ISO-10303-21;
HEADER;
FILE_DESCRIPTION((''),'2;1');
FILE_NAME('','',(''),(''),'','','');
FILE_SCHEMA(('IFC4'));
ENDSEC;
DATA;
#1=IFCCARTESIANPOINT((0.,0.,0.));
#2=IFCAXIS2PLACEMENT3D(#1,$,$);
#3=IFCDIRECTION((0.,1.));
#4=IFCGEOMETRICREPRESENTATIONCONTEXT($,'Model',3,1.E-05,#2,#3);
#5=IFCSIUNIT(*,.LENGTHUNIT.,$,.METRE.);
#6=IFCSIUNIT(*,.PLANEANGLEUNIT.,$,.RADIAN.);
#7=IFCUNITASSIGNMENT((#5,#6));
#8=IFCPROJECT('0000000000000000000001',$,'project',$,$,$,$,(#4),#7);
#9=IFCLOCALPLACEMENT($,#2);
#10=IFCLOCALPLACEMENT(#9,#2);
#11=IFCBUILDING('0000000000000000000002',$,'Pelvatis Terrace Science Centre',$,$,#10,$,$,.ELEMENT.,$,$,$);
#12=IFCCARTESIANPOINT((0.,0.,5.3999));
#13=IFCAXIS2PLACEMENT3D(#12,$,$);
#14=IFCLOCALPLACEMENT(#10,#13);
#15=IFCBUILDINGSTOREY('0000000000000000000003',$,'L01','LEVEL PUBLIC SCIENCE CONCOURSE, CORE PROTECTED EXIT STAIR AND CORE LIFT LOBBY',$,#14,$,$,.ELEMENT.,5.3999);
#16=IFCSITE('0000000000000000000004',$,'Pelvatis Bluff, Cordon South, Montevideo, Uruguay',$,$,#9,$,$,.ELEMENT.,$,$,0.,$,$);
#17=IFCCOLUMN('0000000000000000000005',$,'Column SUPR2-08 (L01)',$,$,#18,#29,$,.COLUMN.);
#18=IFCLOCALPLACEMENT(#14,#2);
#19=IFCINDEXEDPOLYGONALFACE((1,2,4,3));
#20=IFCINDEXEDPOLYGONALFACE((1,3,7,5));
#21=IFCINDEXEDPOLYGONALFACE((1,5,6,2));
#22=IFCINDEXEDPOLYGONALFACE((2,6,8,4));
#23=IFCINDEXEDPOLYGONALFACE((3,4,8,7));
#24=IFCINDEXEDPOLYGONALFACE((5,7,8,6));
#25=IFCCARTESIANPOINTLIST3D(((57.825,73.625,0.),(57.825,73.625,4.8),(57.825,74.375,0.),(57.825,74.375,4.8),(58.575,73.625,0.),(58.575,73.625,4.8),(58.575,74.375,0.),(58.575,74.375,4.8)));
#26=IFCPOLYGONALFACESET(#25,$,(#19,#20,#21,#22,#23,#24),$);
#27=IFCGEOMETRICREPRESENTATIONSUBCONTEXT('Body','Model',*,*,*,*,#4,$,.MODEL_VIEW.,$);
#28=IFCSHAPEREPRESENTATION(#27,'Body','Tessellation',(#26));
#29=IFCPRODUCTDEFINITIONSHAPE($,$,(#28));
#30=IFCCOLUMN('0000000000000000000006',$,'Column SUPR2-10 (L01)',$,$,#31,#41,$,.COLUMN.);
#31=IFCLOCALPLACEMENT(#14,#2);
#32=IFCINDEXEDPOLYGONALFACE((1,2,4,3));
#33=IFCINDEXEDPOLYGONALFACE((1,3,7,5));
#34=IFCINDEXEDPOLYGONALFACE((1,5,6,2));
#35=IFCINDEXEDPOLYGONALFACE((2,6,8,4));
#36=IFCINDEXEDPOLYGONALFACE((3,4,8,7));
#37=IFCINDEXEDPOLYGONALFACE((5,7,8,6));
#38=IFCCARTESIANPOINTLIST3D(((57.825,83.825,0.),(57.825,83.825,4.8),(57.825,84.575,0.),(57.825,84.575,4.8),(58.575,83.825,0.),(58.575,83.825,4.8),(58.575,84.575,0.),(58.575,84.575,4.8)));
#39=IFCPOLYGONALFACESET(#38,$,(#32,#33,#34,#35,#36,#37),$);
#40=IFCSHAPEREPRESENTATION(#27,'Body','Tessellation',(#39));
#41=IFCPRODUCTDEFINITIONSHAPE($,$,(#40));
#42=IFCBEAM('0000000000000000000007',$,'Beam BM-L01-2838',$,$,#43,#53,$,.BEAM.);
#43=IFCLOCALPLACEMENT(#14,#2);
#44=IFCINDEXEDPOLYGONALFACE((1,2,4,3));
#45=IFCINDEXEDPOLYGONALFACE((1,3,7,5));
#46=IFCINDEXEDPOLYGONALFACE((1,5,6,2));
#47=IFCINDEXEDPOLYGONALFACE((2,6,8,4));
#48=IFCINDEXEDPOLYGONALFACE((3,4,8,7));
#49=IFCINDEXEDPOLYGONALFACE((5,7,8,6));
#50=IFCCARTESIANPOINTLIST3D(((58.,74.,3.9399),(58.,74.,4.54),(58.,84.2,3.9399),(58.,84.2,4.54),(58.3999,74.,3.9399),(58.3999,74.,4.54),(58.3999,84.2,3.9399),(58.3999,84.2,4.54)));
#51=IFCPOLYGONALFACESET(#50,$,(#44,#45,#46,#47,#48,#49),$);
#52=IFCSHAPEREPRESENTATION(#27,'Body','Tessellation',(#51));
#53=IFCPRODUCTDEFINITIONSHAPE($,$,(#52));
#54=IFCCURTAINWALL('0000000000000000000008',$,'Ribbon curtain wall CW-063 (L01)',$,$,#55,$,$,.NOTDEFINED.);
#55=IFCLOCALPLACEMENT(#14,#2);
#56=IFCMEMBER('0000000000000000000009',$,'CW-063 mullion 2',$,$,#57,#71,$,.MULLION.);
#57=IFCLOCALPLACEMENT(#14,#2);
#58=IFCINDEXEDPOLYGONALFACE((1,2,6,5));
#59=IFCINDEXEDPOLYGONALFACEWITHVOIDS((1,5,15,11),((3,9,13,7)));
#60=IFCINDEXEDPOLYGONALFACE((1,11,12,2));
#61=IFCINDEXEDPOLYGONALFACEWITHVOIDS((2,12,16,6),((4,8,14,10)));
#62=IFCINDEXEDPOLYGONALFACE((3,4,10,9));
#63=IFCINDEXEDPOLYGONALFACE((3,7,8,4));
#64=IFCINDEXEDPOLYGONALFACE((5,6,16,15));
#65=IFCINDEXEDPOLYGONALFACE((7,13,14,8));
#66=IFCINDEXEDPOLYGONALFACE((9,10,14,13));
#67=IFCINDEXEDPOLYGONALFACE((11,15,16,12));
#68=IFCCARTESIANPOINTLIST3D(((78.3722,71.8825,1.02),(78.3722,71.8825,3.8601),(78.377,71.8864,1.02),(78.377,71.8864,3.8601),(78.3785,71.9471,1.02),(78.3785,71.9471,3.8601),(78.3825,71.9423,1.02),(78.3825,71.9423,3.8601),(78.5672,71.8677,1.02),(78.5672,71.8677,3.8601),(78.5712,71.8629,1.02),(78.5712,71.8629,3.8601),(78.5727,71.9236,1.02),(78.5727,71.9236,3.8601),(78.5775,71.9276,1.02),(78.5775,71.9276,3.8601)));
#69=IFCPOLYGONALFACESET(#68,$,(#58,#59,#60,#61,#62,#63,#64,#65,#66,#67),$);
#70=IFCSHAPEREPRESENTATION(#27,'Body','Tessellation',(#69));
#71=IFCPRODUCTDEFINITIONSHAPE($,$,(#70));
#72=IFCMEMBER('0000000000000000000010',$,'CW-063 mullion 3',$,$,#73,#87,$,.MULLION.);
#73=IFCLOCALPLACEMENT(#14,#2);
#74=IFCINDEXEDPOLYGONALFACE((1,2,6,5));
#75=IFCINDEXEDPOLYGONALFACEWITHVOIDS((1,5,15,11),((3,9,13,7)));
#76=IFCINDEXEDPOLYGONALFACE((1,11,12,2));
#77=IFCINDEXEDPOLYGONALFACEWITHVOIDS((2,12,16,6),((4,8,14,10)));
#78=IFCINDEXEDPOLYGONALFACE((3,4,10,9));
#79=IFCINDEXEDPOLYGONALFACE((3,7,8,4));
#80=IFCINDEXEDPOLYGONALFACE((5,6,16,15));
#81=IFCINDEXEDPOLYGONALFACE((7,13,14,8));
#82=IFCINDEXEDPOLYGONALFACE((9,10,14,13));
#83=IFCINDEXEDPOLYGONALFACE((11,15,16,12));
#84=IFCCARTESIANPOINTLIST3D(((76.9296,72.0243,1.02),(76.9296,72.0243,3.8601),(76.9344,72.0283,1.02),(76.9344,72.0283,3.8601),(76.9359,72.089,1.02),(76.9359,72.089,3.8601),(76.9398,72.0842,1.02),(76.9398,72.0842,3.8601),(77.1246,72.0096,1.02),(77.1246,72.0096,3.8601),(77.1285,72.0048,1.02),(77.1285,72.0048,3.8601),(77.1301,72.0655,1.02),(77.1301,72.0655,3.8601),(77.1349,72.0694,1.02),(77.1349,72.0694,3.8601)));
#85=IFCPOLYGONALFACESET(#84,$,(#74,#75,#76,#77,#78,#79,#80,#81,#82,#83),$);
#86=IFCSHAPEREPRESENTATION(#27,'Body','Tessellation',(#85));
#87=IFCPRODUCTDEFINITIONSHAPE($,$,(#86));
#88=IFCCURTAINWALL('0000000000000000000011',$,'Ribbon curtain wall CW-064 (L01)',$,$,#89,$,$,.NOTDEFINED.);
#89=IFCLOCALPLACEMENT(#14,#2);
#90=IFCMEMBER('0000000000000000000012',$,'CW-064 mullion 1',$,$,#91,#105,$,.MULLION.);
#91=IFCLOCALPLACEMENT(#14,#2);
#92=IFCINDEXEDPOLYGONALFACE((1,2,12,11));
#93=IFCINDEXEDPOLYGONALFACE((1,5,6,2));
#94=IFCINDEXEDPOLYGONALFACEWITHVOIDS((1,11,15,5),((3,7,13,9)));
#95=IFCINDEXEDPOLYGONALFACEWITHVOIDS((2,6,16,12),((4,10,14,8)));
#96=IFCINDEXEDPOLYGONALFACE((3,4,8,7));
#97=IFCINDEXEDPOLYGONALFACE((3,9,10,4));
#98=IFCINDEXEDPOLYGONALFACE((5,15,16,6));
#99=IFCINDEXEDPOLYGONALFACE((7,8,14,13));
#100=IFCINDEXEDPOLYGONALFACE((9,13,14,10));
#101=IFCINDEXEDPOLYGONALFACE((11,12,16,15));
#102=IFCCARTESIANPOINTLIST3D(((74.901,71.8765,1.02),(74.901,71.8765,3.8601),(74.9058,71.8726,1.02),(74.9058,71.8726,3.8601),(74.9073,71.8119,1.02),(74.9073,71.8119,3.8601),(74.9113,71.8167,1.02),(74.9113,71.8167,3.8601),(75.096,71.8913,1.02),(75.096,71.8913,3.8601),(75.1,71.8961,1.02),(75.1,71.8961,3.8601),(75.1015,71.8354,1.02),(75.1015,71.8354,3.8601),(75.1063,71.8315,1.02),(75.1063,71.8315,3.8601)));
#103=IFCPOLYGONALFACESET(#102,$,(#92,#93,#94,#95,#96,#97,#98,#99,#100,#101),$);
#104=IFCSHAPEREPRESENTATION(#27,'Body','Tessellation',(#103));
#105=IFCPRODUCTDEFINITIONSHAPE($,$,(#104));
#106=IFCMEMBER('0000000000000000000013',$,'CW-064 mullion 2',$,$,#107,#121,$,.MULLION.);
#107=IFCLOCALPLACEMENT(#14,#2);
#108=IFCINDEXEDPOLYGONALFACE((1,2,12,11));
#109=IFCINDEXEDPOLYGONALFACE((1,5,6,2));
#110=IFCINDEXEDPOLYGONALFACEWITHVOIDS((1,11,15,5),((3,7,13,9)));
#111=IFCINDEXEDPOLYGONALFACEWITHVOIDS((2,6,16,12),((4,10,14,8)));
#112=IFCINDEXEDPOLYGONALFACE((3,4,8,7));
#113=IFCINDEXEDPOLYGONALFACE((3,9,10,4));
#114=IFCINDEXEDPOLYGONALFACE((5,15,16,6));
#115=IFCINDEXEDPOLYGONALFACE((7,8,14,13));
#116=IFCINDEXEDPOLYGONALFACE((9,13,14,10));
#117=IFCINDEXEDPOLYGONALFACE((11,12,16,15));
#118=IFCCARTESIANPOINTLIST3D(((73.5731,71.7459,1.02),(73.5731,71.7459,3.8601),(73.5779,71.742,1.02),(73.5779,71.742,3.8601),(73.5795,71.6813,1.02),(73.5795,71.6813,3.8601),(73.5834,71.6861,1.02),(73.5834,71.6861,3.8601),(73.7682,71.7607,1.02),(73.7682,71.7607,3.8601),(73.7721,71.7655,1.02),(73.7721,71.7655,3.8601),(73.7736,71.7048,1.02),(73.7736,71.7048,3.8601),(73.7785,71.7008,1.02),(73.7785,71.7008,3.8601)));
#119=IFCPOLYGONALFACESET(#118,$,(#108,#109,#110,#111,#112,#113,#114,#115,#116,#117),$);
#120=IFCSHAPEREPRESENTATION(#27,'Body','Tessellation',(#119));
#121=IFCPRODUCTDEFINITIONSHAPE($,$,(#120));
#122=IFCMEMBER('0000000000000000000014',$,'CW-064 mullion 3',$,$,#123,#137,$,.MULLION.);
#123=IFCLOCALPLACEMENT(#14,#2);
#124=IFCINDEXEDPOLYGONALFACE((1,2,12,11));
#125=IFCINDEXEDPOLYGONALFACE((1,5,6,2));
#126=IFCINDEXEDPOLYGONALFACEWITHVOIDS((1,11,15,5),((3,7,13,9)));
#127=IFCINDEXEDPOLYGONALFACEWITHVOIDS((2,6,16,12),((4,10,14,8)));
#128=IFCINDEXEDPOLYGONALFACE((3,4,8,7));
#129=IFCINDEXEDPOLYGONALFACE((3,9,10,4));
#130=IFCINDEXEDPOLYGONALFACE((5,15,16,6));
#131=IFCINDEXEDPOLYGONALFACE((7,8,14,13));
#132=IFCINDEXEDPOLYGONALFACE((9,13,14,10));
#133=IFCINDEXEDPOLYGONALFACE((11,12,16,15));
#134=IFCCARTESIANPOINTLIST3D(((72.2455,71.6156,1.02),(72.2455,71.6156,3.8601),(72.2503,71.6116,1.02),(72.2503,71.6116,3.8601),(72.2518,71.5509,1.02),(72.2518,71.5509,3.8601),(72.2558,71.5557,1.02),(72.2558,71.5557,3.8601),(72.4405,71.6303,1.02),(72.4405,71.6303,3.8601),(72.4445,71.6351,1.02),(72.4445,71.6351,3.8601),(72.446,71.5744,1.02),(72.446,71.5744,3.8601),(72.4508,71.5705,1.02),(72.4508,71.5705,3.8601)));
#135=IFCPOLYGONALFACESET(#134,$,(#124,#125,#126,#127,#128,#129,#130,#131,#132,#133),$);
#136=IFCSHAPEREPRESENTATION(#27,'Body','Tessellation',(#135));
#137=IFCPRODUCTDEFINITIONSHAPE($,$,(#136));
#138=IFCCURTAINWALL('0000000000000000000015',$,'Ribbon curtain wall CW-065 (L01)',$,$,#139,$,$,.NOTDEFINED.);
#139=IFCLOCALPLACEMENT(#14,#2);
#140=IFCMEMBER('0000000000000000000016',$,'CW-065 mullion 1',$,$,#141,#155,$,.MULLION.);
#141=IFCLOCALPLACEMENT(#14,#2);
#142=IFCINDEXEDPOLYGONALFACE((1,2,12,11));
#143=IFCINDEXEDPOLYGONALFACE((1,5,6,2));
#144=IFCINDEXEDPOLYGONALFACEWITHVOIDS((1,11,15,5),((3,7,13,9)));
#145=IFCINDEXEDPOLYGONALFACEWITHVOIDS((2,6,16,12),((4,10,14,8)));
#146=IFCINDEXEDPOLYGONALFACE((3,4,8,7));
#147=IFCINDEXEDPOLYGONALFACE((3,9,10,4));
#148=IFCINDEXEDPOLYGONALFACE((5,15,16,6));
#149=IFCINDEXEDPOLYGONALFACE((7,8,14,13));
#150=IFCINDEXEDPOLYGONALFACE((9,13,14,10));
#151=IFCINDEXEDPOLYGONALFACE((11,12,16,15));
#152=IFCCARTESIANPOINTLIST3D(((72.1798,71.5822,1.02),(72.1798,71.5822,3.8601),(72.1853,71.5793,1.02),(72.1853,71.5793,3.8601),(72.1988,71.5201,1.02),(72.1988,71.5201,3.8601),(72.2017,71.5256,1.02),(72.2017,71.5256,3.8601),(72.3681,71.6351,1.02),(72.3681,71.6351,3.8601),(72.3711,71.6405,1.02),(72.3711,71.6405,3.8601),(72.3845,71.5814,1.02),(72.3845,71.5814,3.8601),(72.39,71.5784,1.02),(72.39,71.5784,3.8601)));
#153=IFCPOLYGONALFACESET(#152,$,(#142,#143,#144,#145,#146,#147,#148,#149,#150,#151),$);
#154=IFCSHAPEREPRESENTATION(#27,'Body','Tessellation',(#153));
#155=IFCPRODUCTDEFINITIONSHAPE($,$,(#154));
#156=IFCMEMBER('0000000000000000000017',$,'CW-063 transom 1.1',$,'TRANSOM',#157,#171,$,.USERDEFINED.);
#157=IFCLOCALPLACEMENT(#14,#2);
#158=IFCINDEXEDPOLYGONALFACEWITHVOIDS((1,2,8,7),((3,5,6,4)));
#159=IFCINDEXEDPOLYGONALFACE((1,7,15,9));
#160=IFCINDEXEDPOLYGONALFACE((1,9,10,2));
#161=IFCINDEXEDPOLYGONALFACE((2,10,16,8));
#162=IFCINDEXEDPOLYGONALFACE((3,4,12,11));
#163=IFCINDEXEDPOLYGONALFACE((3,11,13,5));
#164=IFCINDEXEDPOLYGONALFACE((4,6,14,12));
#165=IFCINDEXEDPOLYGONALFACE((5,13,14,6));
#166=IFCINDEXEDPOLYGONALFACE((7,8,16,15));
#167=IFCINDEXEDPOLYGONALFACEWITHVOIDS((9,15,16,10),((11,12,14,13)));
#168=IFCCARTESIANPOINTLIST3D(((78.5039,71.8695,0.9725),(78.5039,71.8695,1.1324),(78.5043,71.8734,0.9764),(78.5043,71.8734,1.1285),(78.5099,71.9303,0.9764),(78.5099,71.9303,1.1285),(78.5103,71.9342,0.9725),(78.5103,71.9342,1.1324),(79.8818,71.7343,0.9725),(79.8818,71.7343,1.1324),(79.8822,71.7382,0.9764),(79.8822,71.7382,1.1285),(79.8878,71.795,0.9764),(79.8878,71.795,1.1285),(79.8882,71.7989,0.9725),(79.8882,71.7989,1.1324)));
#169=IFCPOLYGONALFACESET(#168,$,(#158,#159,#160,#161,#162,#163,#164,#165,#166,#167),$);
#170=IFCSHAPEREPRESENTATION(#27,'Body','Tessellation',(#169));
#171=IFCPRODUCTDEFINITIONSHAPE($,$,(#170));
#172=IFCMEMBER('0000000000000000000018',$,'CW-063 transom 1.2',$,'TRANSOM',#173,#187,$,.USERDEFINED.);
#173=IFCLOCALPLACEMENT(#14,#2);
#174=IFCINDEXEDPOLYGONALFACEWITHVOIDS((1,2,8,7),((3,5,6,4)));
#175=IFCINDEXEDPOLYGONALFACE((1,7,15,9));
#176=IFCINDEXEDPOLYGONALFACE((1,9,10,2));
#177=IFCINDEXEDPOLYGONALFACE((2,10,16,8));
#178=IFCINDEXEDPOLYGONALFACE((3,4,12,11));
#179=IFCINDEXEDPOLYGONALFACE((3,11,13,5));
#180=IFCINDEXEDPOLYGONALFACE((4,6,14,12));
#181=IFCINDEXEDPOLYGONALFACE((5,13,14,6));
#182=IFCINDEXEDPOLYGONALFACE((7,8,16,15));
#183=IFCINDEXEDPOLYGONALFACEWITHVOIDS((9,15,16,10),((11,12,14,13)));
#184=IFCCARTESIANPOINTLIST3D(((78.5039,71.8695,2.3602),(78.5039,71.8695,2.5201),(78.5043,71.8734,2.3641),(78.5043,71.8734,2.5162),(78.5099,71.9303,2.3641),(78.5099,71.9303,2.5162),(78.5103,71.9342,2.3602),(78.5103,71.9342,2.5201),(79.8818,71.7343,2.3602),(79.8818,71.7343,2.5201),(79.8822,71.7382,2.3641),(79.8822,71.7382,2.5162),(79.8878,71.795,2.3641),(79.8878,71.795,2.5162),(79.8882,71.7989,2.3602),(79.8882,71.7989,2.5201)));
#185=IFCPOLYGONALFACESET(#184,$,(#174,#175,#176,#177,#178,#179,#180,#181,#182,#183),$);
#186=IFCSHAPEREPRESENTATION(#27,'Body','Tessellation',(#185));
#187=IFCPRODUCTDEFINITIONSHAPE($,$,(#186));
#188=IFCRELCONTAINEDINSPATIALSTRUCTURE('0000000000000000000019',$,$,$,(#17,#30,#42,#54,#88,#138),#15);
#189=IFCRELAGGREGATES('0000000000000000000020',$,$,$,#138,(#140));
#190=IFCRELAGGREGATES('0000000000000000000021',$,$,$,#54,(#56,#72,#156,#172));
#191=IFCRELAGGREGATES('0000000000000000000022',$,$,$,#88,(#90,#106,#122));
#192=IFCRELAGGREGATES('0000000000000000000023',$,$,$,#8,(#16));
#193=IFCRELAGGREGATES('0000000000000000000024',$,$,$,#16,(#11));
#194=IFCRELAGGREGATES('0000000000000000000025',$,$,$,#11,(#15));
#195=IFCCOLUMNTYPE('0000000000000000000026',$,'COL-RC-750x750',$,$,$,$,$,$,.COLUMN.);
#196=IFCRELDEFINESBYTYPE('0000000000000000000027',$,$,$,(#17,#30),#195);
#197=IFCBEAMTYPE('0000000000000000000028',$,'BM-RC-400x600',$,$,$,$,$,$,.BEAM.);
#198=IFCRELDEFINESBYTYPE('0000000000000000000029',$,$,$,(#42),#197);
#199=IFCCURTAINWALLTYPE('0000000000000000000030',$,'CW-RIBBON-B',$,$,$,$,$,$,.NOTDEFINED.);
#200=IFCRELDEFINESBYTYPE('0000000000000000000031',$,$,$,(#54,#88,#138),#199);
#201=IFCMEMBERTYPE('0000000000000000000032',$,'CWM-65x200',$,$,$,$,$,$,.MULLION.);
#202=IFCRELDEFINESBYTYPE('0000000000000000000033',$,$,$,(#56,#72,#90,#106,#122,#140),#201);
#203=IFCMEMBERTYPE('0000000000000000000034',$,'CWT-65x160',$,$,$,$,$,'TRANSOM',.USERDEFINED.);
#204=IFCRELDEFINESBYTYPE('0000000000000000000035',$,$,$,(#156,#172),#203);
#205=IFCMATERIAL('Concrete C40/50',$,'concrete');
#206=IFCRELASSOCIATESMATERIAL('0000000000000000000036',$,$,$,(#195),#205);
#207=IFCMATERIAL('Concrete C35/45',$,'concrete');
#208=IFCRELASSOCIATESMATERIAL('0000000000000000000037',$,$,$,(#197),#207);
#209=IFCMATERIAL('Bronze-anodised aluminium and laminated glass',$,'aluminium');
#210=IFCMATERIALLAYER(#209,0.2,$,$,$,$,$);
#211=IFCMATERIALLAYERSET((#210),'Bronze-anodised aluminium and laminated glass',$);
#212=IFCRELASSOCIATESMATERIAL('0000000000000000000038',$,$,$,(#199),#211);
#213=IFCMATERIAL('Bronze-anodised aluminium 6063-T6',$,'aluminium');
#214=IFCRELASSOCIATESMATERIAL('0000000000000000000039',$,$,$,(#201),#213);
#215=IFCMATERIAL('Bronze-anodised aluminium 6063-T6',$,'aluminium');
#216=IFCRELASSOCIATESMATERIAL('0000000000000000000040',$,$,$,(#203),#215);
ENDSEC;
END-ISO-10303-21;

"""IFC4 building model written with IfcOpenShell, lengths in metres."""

from ifc_helpers import new_model, si_unit, direction, frame, origin, origin_2d, place, context, subcontext, project, spatial, rectangle, hollow_rectangle, extrude, material, layer, layer_set, material_profile, profile_set, type_object, element, aggregate, save


model = new_model("IFC4")

# Units and contexts
model_context = context("Model", 3, precision=1e-05, world=origin(), true_north=direction((0.0, 1.0)))
body_context = subcontext(model_context, "Body", "Model", "MODEL_VIEW")
ifc_project = project(units=[si_unit("LENGTHUNIT", "METRE"), si_unit("PLANEANGLEUNIT", "RADIAN")], contexts=[model_context])

# Site, building, storey
site_placement = place(None, origin())
site = spatial("IfcSite", under=ifc_project, at=site_placement, Name="Pelvatis Bluff, Cordon South, Montevideo, Uruguay", CompositionType="ELEMENT", RefElevation=0.0)
building_placement = place(site_placement, origin())
building = spatial("IfcBuilding", under=site, at=building_placement, Name="Pelvatis Terrace Science Centre", CompositionType="ELEMENT")
storey_placement = place(building_placement, frame((0.0, 0.0, 5.3999)))
storey = spatial("IfcBuildingStorey", under=building, at=storey_placement, Name="L01", Description="LEVEL PUBLIC SCIENCE CONCOURSE, CORE PROTECTED EXIT STAIR AND CORE LIFT LOBBY", CompositionType="ELEMENT", Elevation=5.3999)

# Columns
ifc_material_1 = material(Name="Concrete C40/50", Category="concrete")
ifc_material_profile_1 = material_profile(ifc_material_1, rectangle(XDim=0.75, YDim=0.75, at=origin_2d()), Name="RC-COL 750x750")
ifc_profile_set_1 = profile_set([ifc_material_profile_1], Name="Concrete C40/50")
column_type = type_object("IfcColumnType", Name="COL-RC-750x750", PredefinedType="COLUMN", material=ifc_profile_set_1)
for number, where, z_axis, x_axis, name in (
    (1, (58.2, 74.0, 0.0), (0.0, 0.0, 1.0), (1.0, 0.0, 0.0), "Column SUPR2-08 (L01)"),
    (2, (58.2, 84.2, 0.0), (0.0, 0.0, 1.0), (1.0, 0.0, 0.0), "Column SUPR2-10 (L01)"),
):
    element("IfcColumn", number, at=place(storey_placement, frame(where, z_axis=z_axis, x_axis=x_axis)), inside=storey, type_object=column_type, Name=name, PredefinedType="COLUMN", context=body_context, shape_type="SweptSolid", body=[
        extrude(rectangle(XDim=0.75, YDim=0.75, at=origin_2d()), origin(), (0.0, 0.0, 1.0), 4.8),
    ])

# Beam
ifc_material_2 = material(Name="Concrete C35/45", Category="concrete")
ifc_material_profile_2 = material_profile(ifc_material_2, rectangle(XDim=0.3999, YDim=0.6001, at=origin_2d()), Name="RC-BM 400x600")
ifc_profile_set_2 = profile_set([ifc_material_profile_2], Name="Concrete C35/45")
beam_type = type_object("IfcBeamType", Name="BM-RC-400x600", PredefinedType="BEAM", material=ifc_profile_set_2)
beam_placement = place(storey_placement, frame((58.2, 74.0, 4.24), z_axis=(0.0, 1.0, 0.0), x_axis=(-1.0, 0.0, 0.0)))
element("IfcBeam", 3, at=beam_placement, inside=storey, type_object=beam_type, Name="Beam BM-L01-2838", PredefinedType="BEAM", context=body_context, shape_type="SweptSolid", body=[
    extrude(rectangle(XDim=0.3999, YDim=0.6001, at=origin_2d()), origin(), (0.0, 0.0, 1.0), 10.2),
])

# Curtain walls, members
ifc_material_3 = material(Name="Bronze-anodised aluminium and laminated glass", Category="aluminium")
ifc_layer_1 = layer(ifc_material_3, 0.2)
ifc_layer_set_1 = layer_set([ifc_layer_1], Name="Bronze-anodised aluminium and laminated glass")
curtain_wall_type = type_object("IfcCurtainWallType", Name="CW-RIBBON-B", PredefinedType="NOTDEFINED", material=ifc_layer_set_1)
curtain_wall_1_placement = place(storey_placement, origin())
curtain_wall_1 = element("IfcCurtainWall", 4, at=curtain_wall_1_placement, inside=storey, type_object=curtain_wall_type, Name="Ribbon curtain wall CW-063 (L01)", PredefinedType="NOTDEFINED")
ifc_material_4 = material(Name="Bronze-anodised aluminium 6063-T6", Category="aluminium")
ifc_material_profile_3 = material_profile(ifc_material_4, hollow_rectangle(XDim=0.0649, YDim=0.2, WallThickness=0.0044, at=origin_2d()), Name="ALU-MUL 65x200")
ifc_profile_set_3 = profile_set([ifc_material_profile_3], Name="Bronze-anodised aluminium 6063-T6")
member_type_1 = type_object("IfcMemberType", Name="CWM-65x200", PredefinedType="MULLION", material=ifc_profile_set_3)
member_1_placement = place(storey_placement, frame((78.4749, 71.905, 1.02), z_axis=(0.0, 0.0, 1.0), x_axis=(-0.097743, -0.995212, 0.0)))
member_1 = element("IfcMember", 5, at=member_1_placement, type_object=member_type_1, Name="CW-063 mullion 2", PredefinedType="MULLION", context=body_context, shape_type="SweptSolid", body=[
    extrude(hollow_rectangle(XDim=0.0649, YDim=0.2, WallThickness=0.0044, at=origin_2d()), origin(), (0.0, 0.0, 1.0), 2.8401),
])
member_2_placement = place(storey_placement, frame((77.0322, 72.0469, 1.02), z_axis=(0.0, 0.0, 1.0), x_axis=(-0.097743, -0.995212, 0.0)))
member_2 = element("IfcMember", 6, at=member_2_placement, type_object=member_type_1, Name="CW-063 mullion 3", PredefinedType="MULLION", context=body_context, shape_type="SweptSolid", body=[
    extrude(hollow_rectangle(XDim=0.0649, YDim=0.2, WallThickness=0.0044, at=origin_2d()), origin(), (0.0, 0.0, 1.0), 2.8401),
])
curtain_wall_2_placement = place(storey_placement, origin())
curtain_wall_2 = element("IfcCurtainWall", 7, at=curtain_wall_2_placement, inside=storey, type_object=curtain_wall_type, Name="Ribbon curtain wall CW-064 (L01)", PredefinedType="NOTDEFINED")
member_3_placement = place(storey_placement, frame((75.0037, 71.854, 1.02), z_axis=(0.0, 0.0, 1.0), x_axis=(0.097765, -0.99521, 0.0)))
member_3 = element("IfcMember", 8, at=member_3_placement, type_object=member_type_1, Name="CW-064 mullion 1", PredefinedType="MULLION", context=body_context, shape_type="SweptSolid", body=[
    extrude(hollow_rectangle(XDim=0.0649, YDim=0.2, WallThickness=0.0044, at=origin_2d()), origin(), (0.0, 0.0, 1.0), 2.8401),
])
member_4_placement = place(storey_placement, frame((73.6758, 71.7234, 1.02), z_axis=(0.0, 0.0, 1.0), x_axis=(0.097765, -0.99521, 0.0)))
member_4 = element("IfcMember", 9, at=member_4_placement, type_object=member_type_1, Name="CW-064 mullion 2", PredefinedType="MULLION", context=body_context, shape_type="SweptSolid", body=[
    extrude(hollow_rectangle(XDim=0.0649, YDim=0.2, WallThickness=0.0044, at=origin_2d()), origin(), (0.0, 0.0, 1.0), 2.8401),
])
member_5_placement = place(storey_placement, frame((72.3481, 71.593, 1.02), z_axis=(0.0, 0.0, 1.0), x_axis=(0.097765, -0.99521, 0.0)))
member_5 = element("IfcMember", 10, at=member_5_placement, type_object=member_type_1, Name="CW-064 mullion 3", PredefinedType="MULLION", context=body_context, shape_type="SweptSolid", body=[
    extrude(hollow_rectangle(XDim=0.0649, YDim=0.2, WallThickness=0.0044, at=origin_2d()), origin(), (0.0, 0.0, 1.0), 2.8401),
])

# Curtain wall, member
curtain_wall_3_placement = place(storey_placement, origin())
curtain_wall_3 = element("IfcCurtainWall", 11, at=curtain_wall_3_placement, inside=storey, type_object=curtain_wall_type, Name="Ribbon curtain wall CW-065 (L01)", PredefinedType="NOTDEFINED")
member_6_placement = place(storey_placement, frame((72.2849, 71.5803, 1.02), z_axis=(0.0, 0.0, 1.0), x_axis=(0.291751, -0.956494, 0.0)))
member_6 = element("IfcMember", 12, at=member_6_placement, type_object=member_type_1, Name="CW-065 mullion 1", PredefinedType="MULLION", context=body_context, shape_type="SweptSolid", body=[
    extrude(hollow_rectangle(XDim=0.0649, YDim=0.2, WallThickness=0.0044, at=origin_2d()), origin(), (0.0, 0.0, 1.0), 2.8401),
])

# Members
ifc_material_5 = material(Name="Bronze-anodised aluminium 6063-T6", Category="aluminium")
ifc_material_profile_4 = material_profile(ifc_material_5, hollow_rectangle(XDim=0.0649, YDim=0.1599, WallThickness=0.0039, at=origin_2d()), Name="ALU-TRN 65x160")
ifc_profile_set_4 = profile_set([ifc_material_profile_4], Name="Bronze-anodised aluminium 6063-T6")
member_type_2 = type_object("IfcMemberType", Name="CWT-65x160", ElementType="TRANSOM", PredefinedType="USERDEFINED", material=ifc_profile_set_4)
member_7_placement = place(storey_placement, frame((79.885, 71.7666, 1.0525), z_axis=(-0.995217, 0.097688, 0.0), x_axis=(-0.097688, -0.995217, 0.0)))
member_7 = element("IfcMember", 13, at=member_7_placement, type_object=member_type_2, Name="CW-063 transom 1.1", ObjectType="TRANSOM", PredefinedType="USERDEFINED", context=body_context, shape_type="SweptSolid", body=[
    extrude(hollow_rectangle(XDim=0.0649, YDim=0.1599, WallThickness=0.0039, at=origin_2d()), origin(), (0.0, 0.0, 1.0), 1.3845),
])
member_8_placement = place(storey_placement, frame((79.885, 71.7666, 2.4402), z_axis=(-0.995217, 0.097688, 0.0), x_axis=(-0.097688, -0.995217, 0.0)))
member_8 = element("IfcMember", 14, at=member_8_placement, type_object=member_type_2, Name="CW-063 transom 1.2", ObjectType="TRANSOM", PredefinedType="USERDEFINED", context=body_context, shape_type="SweptSolid", body=[
    extrude(hollow_rectangle(XDim=0.0649, YDim=0.1599, WallThickness=0.0039, at=origin_2d()), origin(), (0.0, 0.0, 1.0), 1.3845),
])
aggregate(curtain_wall_3, [member_6])

aggregate(curtain_wall_1, [member_1, member_2, member_7, member_8])
aggregate(curtain_wall_2, [member_3, member_4, member_5])

save(model, "model.ifc")
